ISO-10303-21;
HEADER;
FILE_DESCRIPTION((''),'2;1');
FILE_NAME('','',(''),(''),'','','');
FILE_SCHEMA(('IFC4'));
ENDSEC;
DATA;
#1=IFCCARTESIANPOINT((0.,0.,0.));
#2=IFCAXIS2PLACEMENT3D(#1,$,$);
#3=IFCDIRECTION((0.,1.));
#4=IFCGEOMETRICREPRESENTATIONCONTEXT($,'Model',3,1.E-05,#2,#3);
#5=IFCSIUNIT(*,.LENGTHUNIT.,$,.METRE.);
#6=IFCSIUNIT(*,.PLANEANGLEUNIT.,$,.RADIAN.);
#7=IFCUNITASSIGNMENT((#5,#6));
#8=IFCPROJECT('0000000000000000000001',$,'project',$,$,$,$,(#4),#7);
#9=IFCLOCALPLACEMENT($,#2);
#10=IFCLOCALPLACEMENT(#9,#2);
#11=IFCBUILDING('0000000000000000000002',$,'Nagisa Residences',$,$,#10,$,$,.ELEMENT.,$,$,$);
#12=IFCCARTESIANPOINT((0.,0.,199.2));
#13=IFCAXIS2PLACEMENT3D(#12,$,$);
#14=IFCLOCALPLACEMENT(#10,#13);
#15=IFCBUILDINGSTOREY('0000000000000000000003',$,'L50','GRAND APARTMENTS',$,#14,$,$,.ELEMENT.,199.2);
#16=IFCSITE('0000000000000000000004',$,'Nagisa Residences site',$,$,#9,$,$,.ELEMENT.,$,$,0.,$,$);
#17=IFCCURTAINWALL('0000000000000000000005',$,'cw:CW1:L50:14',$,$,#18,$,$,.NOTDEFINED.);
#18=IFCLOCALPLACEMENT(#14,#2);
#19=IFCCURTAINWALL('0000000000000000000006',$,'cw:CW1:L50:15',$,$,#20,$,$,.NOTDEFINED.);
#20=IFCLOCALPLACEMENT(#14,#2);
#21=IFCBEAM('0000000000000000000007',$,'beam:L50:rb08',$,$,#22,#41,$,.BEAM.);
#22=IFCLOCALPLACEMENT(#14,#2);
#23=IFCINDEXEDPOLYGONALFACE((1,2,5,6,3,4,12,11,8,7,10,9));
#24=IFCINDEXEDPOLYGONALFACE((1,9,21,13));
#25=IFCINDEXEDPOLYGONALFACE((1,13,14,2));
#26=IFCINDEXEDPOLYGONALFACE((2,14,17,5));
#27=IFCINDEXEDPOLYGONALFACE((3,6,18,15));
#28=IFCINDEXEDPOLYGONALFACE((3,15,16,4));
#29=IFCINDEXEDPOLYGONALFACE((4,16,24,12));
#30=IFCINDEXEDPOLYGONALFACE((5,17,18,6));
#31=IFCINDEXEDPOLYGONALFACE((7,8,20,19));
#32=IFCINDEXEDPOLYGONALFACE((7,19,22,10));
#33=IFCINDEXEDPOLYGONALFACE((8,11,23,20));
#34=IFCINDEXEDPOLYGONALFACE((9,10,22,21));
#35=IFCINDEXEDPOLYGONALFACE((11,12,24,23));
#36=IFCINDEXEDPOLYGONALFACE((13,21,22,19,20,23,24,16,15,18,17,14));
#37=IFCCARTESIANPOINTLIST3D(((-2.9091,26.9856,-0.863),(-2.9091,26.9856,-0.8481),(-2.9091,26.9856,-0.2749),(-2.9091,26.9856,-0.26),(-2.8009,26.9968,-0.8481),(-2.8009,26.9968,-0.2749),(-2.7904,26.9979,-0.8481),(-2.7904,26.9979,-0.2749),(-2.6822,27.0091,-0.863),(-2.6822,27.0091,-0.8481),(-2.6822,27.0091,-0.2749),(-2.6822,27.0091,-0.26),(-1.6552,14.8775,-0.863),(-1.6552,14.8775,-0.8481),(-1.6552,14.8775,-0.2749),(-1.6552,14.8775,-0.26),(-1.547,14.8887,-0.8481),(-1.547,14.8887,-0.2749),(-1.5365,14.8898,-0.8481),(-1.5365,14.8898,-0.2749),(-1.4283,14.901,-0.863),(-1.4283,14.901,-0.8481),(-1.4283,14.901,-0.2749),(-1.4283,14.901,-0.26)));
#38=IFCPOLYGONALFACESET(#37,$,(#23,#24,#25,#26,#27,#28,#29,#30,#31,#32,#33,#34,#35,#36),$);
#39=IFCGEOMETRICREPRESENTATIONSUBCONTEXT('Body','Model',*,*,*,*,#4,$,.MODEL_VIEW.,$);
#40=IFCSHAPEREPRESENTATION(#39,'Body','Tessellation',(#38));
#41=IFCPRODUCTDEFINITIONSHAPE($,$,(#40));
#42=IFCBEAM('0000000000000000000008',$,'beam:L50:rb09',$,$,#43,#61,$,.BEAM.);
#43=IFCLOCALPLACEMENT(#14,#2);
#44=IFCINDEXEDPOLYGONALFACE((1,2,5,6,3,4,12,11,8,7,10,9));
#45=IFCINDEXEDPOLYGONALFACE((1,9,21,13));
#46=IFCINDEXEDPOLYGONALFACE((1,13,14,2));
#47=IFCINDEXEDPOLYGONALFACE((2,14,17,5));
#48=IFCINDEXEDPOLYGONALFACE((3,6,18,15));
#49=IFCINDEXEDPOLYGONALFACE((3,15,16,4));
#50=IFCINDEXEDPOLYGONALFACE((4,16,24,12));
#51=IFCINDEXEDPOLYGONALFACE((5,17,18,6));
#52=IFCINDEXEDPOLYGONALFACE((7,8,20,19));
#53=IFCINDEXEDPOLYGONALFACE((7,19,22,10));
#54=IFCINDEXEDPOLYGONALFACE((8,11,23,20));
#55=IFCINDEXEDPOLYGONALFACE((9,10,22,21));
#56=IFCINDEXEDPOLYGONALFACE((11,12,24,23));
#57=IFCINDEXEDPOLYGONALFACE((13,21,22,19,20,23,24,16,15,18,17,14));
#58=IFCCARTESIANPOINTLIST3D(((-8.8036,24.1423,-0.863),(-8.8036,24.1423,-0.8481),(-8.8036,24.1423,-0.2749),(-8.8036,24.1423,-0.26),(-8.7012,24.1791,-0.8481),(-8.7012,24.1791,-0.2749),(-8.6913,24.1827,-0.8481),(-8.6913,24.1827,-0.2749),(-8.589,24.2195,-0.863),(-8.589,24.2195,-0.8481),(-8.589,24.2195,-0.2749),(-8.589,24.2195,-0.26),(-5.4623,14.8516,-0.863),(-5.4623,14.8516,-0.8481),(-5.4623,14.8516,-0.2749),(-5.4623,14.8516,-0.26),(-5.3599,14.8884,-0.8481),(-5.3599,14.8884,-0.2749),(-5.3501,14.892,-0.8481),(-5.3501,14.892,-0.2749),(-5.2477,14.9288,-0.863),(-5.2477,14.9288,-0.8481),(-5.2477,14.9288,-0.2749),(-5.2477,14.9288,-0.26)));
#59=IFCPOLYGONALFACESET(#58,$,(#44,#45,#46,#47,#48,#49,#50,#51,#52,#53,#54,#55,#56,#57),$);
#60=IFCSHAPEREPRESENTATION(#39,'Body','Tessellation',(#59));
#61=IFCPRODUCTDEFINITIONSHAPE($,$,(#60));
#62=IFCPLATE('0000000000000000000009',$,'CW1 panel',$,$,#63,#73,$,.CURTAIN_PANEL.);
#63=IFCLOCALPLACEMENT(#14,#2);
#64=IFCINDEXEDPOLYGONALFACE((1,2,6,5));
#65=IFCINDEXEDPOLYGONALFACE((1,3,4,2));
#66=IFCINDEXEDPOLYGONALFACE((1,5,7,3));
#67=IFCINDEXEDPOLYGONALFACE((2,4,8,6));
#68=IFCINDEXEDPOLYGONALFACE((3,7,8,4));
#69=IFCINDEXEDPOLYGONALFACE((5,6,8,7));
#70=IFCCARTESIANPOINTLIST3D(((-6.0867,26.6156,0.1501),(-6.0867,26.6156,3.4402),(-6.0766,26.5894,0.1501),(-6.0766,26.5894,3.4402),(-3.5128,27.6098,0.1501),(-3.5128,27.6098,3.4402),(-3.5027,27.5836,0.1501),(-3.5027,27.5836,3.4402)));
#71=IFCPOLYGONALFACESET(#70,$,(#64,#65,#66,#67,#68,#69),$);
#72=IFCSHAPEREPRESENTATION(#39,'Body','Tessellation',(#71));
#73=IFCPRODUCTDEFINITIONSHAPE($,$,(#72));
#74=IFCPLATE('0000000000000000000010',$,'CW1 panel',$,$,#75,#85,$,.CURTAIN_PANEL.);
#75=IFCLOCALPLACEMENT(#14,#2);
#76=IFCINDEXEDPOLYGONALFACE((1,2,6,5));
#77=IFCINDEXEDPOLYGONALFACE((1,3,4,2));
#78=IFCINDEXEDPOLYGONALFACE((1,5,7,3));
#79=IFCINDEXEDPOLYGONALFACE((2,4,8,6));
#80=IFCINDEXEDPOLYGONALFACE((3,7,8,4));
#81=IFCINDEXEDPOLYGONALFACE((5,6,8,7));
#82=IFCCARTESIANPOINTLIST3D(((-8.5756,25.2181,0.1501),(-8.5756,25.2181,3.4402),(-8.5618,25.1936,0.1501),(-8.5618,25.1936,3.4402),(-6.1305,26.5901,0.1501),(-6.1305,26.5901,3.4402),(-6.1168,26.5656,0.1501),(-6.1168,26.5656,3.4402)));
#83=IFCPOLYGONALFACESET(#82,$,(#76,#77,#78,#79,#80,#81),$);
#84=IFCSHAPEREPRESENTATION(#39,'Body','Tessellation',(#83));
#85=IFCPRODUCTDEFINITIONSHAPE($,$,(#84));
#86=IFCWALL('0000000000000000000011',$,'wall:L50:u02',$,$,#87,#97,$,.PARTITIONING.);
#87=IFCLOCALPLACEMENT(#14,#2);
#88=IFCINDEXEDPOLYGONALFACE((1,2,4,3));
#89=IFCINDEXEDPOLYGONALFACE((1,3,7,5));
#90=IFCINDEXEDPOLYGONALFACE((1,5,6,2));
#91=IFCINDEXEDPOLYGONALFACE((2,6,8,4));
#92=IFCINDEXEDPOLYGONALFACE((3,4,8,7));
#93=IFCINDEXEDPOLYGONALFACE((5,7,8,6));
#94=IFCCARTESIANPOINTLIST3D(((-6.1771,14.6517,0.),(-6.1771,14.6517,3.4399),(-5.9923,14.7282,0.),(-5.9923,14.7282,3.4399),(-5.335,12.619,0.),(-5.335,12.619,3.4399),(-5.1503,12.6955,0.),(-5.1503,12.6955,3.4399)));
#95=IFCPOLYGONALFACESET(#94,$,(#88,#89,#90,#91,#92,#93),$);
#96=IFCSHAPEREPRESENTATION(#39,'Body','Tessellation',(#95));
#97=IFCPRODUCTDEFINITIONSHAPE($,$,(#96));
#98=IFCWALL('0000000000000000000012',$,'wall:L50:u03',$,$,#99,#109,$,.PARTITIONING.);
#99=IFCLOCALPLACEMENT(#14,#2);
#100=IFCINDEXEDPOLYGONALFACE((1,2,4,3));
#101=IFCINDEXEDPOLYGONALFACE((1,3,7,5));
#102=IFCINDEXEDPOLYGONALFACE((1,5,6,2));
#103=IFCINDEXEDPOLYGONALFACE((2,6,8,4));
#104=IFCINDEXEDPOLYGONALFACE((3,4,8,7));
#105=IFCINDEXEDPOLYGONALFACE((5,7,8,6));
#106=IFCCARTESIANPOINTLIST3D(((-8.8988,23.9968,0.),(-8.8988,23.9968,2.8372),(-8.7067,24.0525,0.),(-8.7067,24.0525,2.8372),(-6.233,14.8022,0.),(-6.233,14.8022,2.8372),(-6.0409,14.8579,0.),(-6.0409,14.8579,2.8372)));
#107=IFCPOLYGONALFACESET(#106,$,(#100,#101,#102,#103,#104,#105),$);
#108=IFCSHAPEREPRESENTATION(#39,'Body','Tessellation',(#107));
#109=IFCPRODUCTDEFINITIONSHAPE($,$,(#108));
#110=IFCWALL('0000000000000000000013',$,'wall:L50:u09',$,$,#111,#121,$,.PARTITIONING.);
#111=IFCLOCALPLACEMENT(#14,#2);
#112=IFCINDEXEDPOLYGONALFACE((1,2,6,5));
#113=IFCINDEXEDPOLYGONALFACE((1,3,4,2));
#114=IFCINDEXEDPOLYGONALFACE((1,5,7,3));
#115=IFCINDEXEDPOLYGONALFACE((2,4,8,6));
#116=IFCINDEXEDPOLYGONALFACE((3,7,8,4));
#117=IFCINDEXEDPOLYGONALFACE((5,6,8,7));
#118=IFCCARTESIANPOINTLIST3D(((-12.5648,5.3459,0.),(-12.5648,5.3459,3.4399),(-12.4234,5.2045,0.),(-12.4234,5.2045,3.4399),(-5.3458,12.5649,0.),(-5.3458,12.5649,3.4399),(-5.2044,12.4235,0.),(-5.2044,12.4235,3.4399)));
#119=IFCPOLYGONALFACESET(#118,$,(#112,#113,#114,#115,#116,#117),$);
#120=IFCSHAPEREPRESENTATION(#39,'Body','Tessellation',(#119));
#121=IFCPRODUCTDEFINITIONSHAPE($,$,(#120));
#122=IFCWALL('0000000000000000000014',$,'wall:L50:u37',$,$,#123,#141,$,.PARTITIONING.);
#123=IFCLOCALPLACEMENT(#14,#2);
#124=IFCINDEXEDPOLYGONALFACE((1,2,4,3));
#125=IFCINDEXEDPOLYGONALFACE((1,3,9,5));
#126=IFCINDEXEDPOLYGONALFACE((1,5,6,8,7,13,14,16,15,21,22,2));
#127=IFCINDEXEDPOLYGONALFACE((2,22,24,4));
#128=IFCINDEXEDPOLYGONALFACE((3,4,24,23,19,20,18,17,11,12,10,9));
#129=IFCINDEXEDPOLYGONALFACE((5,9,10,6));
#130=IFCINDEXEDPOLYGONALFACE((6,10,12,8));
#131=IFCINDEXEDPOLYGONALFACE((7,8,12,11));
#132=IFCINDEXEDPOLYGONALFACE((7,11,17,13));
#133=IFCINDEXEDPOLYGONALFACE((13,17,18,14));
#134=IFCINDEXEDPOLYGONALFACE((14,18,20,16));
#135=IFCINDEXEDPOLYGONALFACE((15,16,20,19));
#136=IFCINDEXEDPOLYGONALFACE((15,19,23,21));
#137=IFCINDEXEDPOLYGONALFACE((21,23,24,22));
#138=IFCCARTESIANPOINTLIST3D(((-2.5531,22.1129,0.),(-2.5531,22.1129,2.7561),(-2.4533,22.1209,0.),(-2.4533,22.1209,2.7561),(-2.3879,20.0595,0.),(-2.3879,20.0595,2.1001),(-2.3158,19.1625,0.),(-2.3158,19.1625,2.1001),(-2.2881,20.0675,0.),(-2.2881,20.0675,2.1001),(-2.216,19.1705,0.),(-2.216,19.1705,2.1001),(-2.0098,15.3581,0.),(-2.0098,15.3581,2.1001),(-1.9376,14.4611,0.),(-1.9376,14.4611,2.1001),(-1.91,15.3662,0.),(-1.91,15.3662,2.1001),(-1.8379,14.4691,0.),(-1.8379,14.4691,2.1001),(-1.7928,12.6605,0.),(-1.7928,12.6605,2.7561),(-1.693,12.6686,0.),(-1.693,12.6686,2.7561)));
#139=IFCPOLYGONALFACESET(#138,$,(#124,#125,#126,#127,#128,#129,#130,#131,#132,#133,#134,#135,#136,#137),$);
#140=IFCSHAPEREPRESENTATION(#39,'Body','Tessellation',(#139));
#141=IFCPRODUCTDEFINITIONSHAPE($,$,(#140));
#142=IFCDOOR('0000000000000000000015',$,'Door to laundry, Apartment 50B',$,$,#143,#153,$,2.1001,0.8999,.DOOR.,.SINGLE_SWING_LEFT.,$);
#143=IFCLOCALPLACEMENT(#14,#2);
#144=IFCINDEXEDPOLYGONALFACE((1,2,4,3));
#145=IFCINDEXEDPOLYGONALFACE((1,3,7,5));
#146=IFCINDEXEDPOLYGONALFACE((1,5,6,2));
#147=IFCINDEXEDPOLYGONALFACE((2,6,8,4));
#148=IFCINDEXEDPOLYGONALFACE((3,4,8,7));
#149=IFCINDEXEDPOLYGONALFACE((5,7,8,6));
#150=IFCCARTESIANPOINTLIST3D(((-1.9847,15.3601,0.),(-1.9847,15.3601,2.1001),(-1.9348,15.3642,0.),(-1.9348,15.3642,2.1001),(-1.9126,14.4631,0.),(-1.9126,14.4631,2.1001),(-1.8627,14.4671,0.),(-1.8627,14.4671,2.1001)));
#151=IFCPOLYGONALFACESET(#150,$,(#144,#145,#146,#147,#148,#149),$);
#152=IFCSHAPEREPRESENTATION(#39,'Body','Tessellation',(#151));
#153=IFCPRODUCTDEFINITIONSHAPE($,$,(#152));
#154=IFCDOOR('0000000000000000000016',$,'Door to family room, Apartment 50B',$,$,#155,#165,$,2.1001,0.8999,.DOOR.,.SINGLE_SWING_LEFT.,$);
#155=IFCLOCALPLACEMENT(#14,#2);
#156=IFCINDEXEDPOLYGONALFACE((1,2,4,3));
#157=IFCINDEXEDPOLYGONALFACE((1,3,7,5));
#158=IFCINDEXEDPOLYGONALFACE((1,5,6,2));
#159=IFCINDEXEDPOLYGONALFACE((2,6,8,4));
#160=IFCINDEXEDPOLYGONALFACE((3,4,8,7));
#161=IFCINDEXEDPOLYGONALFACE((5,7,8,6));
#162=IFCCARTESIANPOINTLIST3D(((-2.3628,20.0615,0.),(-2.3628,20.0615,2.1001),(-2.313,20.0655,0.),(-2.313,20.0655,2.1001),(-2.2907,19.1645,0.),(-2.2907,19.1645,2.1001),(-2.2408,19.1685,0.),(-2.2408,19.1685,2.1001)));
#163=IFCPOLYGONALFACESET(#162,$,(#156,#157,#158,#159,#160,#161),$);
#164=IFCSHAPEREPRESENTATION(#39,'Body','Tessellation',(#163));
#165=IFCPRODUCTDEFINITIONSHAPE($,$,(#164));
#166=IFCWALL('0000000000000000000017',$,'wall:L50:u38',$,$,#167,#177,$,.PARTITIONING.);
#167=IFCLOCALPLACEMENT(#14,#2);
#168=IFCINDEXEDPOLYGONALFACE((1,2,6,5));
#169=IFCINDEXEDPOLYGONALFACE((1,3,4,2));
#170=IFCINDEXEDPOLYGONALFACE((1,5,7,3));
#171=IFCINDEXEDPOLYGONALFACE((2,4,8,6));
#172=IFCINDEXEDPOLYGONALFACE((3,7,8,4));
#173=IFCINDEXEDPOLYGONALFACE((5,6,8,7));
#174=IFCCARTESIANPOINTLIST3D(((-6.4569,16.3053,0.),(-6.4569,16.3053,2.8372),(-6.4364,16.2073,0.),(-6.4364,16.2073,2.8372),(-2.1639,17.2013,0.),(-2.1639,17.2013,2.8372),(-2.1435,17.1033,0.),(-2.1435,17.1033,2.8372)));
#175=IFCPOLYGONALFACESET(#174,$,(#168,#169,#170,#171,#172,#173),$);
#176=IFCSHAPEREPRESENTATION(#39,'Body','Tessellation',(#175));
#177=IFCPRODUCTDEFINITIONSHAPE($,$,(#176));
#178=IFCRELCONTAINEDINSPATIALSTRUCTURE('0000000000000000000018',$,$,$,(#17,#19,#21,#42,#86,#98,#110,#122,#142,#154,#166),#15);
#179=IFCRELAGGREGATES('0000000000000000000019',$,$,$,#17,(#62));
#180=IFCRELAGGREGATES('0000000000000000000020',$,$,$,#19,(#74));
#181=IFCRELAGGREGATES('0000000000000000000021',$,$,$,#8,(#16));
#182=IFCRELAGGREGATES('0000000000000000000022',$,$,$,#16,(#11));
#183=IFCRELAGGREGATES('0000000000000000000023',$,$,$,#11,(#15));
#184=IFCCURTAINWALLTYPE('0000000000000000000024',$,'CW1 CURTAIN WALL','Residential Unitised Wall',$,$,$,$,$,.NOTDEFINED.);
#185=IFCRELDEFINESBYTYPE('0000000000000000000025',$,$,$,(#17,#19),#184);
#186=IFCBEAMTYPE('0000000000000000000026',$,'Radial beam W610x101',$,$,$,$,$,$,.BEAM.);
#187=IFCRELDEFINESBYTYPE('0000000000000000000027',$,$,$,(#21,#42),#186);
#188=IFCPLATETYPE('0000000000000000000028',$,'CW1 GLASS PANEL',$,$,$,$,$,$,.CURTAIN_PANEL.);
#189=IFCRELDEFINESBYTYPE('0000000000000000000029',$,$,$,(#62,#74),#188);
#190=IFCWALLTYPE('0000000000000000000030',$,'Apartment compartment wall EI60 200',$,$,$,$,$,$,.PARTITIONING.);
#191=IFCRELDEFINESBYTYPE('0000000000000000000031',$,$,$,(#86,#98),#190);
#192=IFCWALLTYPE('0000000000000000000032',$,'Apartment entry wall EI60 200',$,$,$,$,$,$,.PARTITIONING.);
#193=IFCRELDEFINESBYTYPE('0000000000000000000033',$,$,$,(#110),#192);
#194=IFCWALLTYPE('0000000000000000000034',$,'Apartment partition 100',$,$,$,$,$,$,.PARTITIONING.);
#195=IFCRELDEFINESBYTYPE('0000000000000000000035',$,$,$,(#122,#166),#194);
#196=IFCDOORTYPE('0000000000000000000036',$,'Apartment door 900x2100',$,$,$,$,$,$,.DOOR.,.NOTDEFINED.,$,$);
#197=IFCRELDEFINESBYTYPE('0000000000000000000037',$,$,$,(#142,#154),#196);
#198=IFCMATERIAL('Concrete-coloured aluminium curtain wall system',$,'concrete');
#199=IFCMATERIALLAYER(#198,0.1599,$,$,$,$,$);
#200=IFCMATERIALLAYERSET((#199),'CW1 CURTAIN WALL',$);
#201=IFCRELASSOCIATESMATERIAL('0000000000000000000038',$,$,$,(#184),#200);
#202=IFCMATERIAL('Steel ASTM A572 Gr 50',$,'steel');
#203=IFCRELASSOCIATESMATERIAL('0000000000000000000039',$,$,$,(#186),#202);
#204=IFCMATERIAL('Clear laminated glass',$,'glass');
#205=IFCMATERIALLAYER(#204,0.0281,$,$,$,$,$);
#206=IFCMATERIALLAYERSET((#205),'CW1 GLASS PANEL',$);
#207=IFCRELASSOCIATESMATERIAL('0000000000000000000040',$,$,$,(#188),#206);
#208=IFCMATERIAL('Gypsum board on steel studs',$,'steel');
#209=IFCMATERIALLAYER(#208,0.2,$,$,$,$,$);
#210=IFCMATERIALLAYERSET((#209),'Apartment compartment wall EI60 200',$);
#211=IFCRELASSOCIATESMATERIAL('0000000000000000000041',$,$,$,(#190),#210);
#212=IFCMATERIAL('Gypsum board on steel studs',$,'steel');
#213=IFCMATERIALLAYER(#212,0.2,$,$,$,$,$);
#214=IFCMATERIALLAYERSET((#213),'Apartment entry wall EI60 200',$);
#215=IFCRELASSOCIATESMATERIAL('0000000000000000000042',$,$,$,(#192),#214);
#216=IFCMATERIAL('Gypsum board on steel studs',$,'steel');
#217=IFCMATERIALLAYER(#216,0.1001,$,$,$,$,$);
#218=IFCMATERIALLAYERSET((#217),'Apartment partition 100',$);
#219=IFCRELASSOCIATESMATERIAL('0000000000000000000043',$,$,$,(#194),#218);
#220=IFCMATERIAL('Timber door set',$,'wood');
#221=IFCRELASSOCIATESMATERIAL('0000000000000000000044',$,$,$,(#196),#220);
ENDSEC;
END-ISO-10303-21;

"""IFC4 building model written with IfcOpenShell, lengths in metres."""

from ifc_helpers import new_model, si_unit, direction, frame, frame_2d, origin, origin_2d, place, context, subcontext, project, spatial, rectangle, i_section, extrude, material, layer, layer_set, material_profile, profile_set, type_object, element, fill, aggregate, save


model = new_model("IFC4")

# Units and contexts
model_context = context("Model", 3, precision=1e-05, world=origin(), true_north=direction((0.0, 1.0)))
body_context = subcontext(model_context, "Body", "Model", "MODEL_VIEW")
ifc_project = project(units=[si_unit("LENGTHUNIT", "METRE"), si_unit("PLANEANGLEUNIT", "RADIAN")], contexts=[model_context])

# Site, building, storey
site_placement = place(None, origin())
site = spatial("IfcSite", under=ifc_project, at=site_placement, Name="Nagisa Residences site", CompositionType="ELEMENT", RefElevation=0.0)
building_placement = place(site_placement, origin())
building = spatial("IfcBuilding", under=site, at=building_placement, Name="Nagisa Residences", CompositionType="ELEMENT")
storey_placement = place(building_placement, frame((0.0, 0.0, 199.2)))
storey = spatial("IfcBuildingStorey", under=building, at=storey_placement, Name="L50", Description="GRAND APARTMENTS", CompositionType="ELEMENT", Elevation=199.2)

# Curtain walls
ifc_material_1 = material(Name="Concrete-coloured aluminium curtain wall system", Category="concrete")
ifc_layer_1 = layer(ifc_material_1, 0.1599)
ifc_layer_set_1 = layer_set([ifc_layer_1], Name="CW1 CURTAIN WALL")
curtain_wall_type = type_object("IfcCurtainWallType", Name="CW1 CURTAIN WALL", Description="Residential Unitised Wall", PredefinedType="NOTDEFINED", material=ifc_layer_set_1)
curtain_wall_1_placement = place(storey_placement, origin())
curtain_wall_1 = element("IfcCurtainWall", 1, at=curtain_wall_1_placement, inside=storey, type_object=curtain_wall_type, Name="cw:CW1:L50:14", PredefinedType="NOTDEFINED")
curtain_wall_2_placement = place(storey_placement, origin())
curtain_wall_2 = element("IfcCurtainWall", 2, at=curtain_wall_2_placement, inside=storey, type_object=curtain_wall_type, Name="cw:CW1:L50:15", PredefinedType="NOTDEFINED")

# Beams
ifc_material_2 = material(Name="Steel ASTM A572 Gr 50", Category="steel")
ifc_material_profile_1 = material_profile(ifc_material_2, i_section(OverallWidth=0.228, OverallDepth=0.603, WebThickness=0.0105, FlangeThickness=0.0149, at=origin_2d()), Name="W610x101")
ifc_profile_set_1 = profile_set([ifc_material_profile_1], Name="Steel ASTM A572 Gr 50")
beam_type_1 = type_object("IfcBeamType", Name="Radial beam W610x101", PredefinedType="BEAM", material=ifc_profile_set_1)
beam_1_placement = place(storey_placement, frame((-2.7957, 26.9973, -0.5615), z_axis=(0.103008, -0.994681, 0.0), x_axis=(0.994681, 0.103008, 0.0)))
element("IfcBeam", 3, at=beam_1_placement, inside=storey, type_object=beam_type_1, Name="beam:L50:rb08", PredefinedType="BEAM", context=body_context, shape_type="SweptSolid", body=[
    extrude(i_section(OverallWidth=0.228, OverallDepth=0.603, WebThickness=0.0105, FlangeThickness=0.0149, at=origin_2d()), origin(), (0.0, 0.0, 1.0), 12.1729),
])
beam_2_placement = place(storey_placement, frame((-8.6963, 24.1809, -0.5615), z_axis=(0.338417, -0.940996, 0.0), x_axis=(0.940996, 0.338417, 0.0)))
element("IfcBeam", 4, at=beam_2_placement, inside=storey, type_object=beam_type_1, Name="beam:L50:rb09", PredefinedType="BEAM", context=body_context, shape_type="SweptSolid", body=[
    extrude(i_section(OverallWidth=0.228, OverallDepth=0.603, WebThickness=0.0105, FlangeThickness=0.0149, at=origin_2d()), origin(), (0.0, 0.0, 1.0), 9.8733),
])

# Plates
ifc_material_3 = material(Name="Clear laminated glass", Category="glass")
ifc_layer_2 = layer(ifc_material_3, 0.0281)
ifc_layer_set_2 = layer_set([ifc_layer_2], Name="CW1 GLASS PANEL")
plate_type = type_object("IfcPlateType", Name="CW1 GLASS PANEL", PredefinedType="CURTAIN_PANEL", material=ifc_layer_set_2)
plate_1_placement = place(storey_placement, frame((-4.7947, 27.0996, 0.1501), z_axis=(0.0, 0.0, 1.0), x_axis=(-0.932826, -0.360328, 0.0)))
plate_1 = element("IfcPlate", 5, at=plate_1_placement, type_object=plate_type, Name="CW1 panel", PredefinedType="CURTAIN_PANEL", context=body_context, shape_type="SweptSolid", body=[
    extrude(rectangle(XDim=2.7593, YDim=0.0281, at=origin_2d()), origin(), (0.0, 0.0, 1.0), 3.29),
])
aggregate(curtain_wall_1, [plate_1])
plate_2_placement = place(storey_placement, frame((-7.3462, 25.8918, 0.1501), z_axis=(0.0, 0.0, 1.0), x_axis=(-0.872072, -0.489377, 0.0)))
plate_2 = element("IfcPlate", 6, at=plate_2_placement, type_object=plate_type, Name="CW1 panel", PredefinedType="CURTAIN_PANEL", context=body_context, shape_type="SweptSolid", body=[
    extrude(rectangle(XDim=2.8037, YDim=0.0281, at=origin_2d()), origin(), (0.0, 0.0, 1.0), 3.29),
])
aggregate(curtain_wall_2, [plate_2])

# Walls
ifc_material_4 = material(Name="Gypsum board on steel studs", Category="steel")
ifc_layer_3 = layer(ifc_material_4, 0.2)
ifc_layer_set_3 = layer_set([ifc_layer_3], Name="Apartment compartment wall EI60 200")
wall_type_1 = type_object("IfcWallType", Name="Apartment compartment wall EI60 200", PredefinedType="PARTITIONING", material=ifc_layer_set_3)
wall_1_placement = place(storey_placement, frame((-5.2427, 12.6572, 0.0), z_axis=(0.0, 0.0, 1.0), x_axis=(-0.382708, 0.923869, 0.0)))
element("IfcWall", 7, at=wall_1_placement, inside=storey, type_object=wall_type_1, Name="wall:L50:u02", PredefinedType="PARTITIONING", context=body_context, shape_type="SweptSolid", body=[
    extrude(rectangle(XDim=2.2002, YDim=0.2, at=frame_2d((1.1001, 0.0))), origin(), (0.0, 0.0, 1.0), 3.4399),
])
wall_2_placement = place(storey_placement, frame((-6.137, 14.8301, 0.0), z_axis=(0.0, 0.0, 1.0), x_axis=(-0.278461, 0.960447, 0.0)))
element("IfcWall", 8, at=wall_2_placement, inside=storey, type_object=wall_type_1, Name="wall:L50:u03", PredefinedType="PARTITIONING", context=body_context, shape_type="SweptSolid", body=[
    extrude(rectangle(XDim=9.5732, YDim=0.2, at=frame_2d((4.7866, 0.0))), origin(), (0.0, 0.0, 1.0), 2.8372),
])
ifc_material_5 = material(Name="Gypsum board on steel studs", Category="steel")
ifc_layer_4 = layer(ifc_material_5, 0.2)
ifc_layer_set_4 = layer_set([ifc_layer_4], Name="Apartment entry wall EI60 200")
wall_type_2 = type_object("IfcWallType", Name="Apartment entry wall EI60 200", PredefinedType="PARTITIONING", material=ifc_layer_set_4)
wall_3_placement = place(storey_placement, frame((-5.2751, 12.4941, 0.0), z_axis=(0.0, 0.0, 1.0), x_axis=(-0.707107, -0.707107, 0.0)))
element("IfcWall", 9, at=wall_3_placement, inside=storey, type_object=wall_type_2, Name="wall:L50:u09", PredefinedType="PARTITIONING", context=body_context, shape_type="SweptSolid", body=[
    extrude(rectangle(XDim=10.2092, YDim=0.2, at=frame_2d((5.1045, 0.0))), origin(), (0.0, 0.0, 1.0), 3.4399),
])

# Wall, openings, doors
ifc_material_6 = material(Name="Gypsum board on steel studs", Category="steel")
ifc_layer_5 = layer(ifc_material_6, 0.1001)
ifc_layer_set_5 = layer_set([ifc_layer_5], Name="Apartment partition 100")
wall_type_3 = type_object("IfcWallType", Name="Apartment partition 100", PredefinedType="PARTITIONING", material=ifc_layer_set_5)
wall_4_placement = place(storey_placement, frame((-1.7429, 12.6646, 0.0), z_axis=(0.0, 0.0, 1.0), x_axis=(-0.080171, 0.996781, 0.0)))
wall_4 = element("IfcWall", 10, at=wall_4_placement, inside=storey, type_object=wall_type_3, Name="wall:L50:u37", PredefinedType="PARTITIONING", context=body_context, shape_type="SweptSolid", body=[
    extrude(rectangle(XDim=9.4829, YDim=0.1001, at=frame_2d((4.7415, 0.0))), origin(), (0.0, 0.0, 1.0), 2.7561),
])
opening_1_placement = place(wall_4_placement, frame((1.8064, 0.0, 0.0)))
opening_1 = element("IfcOpeningElement", 11, at=opening_1_placement, cuts=wall_4, PredefinedType="OPENING", context=body_context, shape_type="SweptSolid", body=[
    extrude(rectangle(XDim=0.8999, YDim=2.1001, at=frame_2d((0.45, 1.05))), frame((0.0, 0.0601, 0.0), z_axis=(0.0, -1.0, 0.0), x_axis=(1.0, 0.0, 0.0)), (0.0, 0.0, 1.0), 0.1201),
])
opening_2_placement = place(wall_4_placement, frame((6.5229, 0.0, 0.0)))
opening_2 = element("IfcOpeningElement", 12, at=opening_2_placement, cuts=wall_4, PredefinedType="OPENING", context=body_context, shape_type="SweptSolid", body=[
    extrude(rectangle(XDim=0.8999, YDim=2.1001, at=frame_2d((0.45, 1.05))), frame((0.0, 0.0601, 0.0), z_axis=(0.0, -1.0, 0.0), x_axis=(1.0, 0.0, 0.0)), (0.0, 0.0, 1.0), 0.1201),
])
ifc_material_7 = material(Name="Timber door set", Category="wood")
door_type_1 = type_object("IfcDoorType", Name="Apartment door 900x2100", OperationType="NOTDEFINED", PredefinedType="DOOR", material=ifc_material_7)
door_1_placement = place(opening_1_placement, origin())
door_1 = element("IfcDoor", 13, at=door_1_placement, inside=storey, type_object=door_type_1, Name="Door to laundry, Apartment 50B", OperationType="SINGLE_SWING_LEFT", OverallHeight=2.1001, OverallWidth=0.8999, PredefinedType="DOOR", context=body_context, shape_type="SweptSolid", body=[
    extrude(rectangle(XDim=0.8999, YDim=2.1001, at=frame_2d((0.45, 1.05))), frame((0.0, 0.0249, 0.0), z_axis=(0.0, -1.0, 0.0), x_axis=(1.0, 0.0, 0.0)), (0.0, 0.0, 1.0), 0.05),
])
fill(opening_1, door_1)
door_2_placement = place(opening_2_placement, origin())
door_2 = element("IfcDoor", 14, at=door_2_placement, inside=storey, type_object=door_type_1, Name="Door to family room, Apartment 50B", OperationType="SINGLE_SWING_LEFT", OverallHeight=2.1001, OverallWidth=0.8999, PredefinedType="DOOR", context=body_context, shape_type="SweptSolid", body=[
    extrude(rectangle(XDim=0.8999, YDim=2.1001, at=frame_2d((0.45, 1.05))), frame((0.0, 0.0249, 0.0), z_axis=(0.0, -1.0, 0.0), x_axis=(1.0, 0.0, 0.0)), (0.0, 0.0, 1.0), 0.05),
])
fill(opening_2, door_2)

# Wall
wall_5_placement = place(storey_placement, frame((-2.1536, 17.1523, 0.0), z_axis=(0.0, 0.0, 1.0), x_axis=(-0.978906, -0.20431, 0.0)))
element("IfcWall", 15, at=wall_5_placement, inside=storey, type_object=wall_type_3, Name="wall:L50:u38", PredefinedType="PARTITIONING", context=body_context, shape_type="SweptSolid", body=[
    extrude(rectangle(XDim=4.3855, YDim=0.1001, at=frame_2d((2.1929, 0.0))), origin(), (0.0, 0.0, 1.0), 2.8372),
])

save(model, "model.ifc")
